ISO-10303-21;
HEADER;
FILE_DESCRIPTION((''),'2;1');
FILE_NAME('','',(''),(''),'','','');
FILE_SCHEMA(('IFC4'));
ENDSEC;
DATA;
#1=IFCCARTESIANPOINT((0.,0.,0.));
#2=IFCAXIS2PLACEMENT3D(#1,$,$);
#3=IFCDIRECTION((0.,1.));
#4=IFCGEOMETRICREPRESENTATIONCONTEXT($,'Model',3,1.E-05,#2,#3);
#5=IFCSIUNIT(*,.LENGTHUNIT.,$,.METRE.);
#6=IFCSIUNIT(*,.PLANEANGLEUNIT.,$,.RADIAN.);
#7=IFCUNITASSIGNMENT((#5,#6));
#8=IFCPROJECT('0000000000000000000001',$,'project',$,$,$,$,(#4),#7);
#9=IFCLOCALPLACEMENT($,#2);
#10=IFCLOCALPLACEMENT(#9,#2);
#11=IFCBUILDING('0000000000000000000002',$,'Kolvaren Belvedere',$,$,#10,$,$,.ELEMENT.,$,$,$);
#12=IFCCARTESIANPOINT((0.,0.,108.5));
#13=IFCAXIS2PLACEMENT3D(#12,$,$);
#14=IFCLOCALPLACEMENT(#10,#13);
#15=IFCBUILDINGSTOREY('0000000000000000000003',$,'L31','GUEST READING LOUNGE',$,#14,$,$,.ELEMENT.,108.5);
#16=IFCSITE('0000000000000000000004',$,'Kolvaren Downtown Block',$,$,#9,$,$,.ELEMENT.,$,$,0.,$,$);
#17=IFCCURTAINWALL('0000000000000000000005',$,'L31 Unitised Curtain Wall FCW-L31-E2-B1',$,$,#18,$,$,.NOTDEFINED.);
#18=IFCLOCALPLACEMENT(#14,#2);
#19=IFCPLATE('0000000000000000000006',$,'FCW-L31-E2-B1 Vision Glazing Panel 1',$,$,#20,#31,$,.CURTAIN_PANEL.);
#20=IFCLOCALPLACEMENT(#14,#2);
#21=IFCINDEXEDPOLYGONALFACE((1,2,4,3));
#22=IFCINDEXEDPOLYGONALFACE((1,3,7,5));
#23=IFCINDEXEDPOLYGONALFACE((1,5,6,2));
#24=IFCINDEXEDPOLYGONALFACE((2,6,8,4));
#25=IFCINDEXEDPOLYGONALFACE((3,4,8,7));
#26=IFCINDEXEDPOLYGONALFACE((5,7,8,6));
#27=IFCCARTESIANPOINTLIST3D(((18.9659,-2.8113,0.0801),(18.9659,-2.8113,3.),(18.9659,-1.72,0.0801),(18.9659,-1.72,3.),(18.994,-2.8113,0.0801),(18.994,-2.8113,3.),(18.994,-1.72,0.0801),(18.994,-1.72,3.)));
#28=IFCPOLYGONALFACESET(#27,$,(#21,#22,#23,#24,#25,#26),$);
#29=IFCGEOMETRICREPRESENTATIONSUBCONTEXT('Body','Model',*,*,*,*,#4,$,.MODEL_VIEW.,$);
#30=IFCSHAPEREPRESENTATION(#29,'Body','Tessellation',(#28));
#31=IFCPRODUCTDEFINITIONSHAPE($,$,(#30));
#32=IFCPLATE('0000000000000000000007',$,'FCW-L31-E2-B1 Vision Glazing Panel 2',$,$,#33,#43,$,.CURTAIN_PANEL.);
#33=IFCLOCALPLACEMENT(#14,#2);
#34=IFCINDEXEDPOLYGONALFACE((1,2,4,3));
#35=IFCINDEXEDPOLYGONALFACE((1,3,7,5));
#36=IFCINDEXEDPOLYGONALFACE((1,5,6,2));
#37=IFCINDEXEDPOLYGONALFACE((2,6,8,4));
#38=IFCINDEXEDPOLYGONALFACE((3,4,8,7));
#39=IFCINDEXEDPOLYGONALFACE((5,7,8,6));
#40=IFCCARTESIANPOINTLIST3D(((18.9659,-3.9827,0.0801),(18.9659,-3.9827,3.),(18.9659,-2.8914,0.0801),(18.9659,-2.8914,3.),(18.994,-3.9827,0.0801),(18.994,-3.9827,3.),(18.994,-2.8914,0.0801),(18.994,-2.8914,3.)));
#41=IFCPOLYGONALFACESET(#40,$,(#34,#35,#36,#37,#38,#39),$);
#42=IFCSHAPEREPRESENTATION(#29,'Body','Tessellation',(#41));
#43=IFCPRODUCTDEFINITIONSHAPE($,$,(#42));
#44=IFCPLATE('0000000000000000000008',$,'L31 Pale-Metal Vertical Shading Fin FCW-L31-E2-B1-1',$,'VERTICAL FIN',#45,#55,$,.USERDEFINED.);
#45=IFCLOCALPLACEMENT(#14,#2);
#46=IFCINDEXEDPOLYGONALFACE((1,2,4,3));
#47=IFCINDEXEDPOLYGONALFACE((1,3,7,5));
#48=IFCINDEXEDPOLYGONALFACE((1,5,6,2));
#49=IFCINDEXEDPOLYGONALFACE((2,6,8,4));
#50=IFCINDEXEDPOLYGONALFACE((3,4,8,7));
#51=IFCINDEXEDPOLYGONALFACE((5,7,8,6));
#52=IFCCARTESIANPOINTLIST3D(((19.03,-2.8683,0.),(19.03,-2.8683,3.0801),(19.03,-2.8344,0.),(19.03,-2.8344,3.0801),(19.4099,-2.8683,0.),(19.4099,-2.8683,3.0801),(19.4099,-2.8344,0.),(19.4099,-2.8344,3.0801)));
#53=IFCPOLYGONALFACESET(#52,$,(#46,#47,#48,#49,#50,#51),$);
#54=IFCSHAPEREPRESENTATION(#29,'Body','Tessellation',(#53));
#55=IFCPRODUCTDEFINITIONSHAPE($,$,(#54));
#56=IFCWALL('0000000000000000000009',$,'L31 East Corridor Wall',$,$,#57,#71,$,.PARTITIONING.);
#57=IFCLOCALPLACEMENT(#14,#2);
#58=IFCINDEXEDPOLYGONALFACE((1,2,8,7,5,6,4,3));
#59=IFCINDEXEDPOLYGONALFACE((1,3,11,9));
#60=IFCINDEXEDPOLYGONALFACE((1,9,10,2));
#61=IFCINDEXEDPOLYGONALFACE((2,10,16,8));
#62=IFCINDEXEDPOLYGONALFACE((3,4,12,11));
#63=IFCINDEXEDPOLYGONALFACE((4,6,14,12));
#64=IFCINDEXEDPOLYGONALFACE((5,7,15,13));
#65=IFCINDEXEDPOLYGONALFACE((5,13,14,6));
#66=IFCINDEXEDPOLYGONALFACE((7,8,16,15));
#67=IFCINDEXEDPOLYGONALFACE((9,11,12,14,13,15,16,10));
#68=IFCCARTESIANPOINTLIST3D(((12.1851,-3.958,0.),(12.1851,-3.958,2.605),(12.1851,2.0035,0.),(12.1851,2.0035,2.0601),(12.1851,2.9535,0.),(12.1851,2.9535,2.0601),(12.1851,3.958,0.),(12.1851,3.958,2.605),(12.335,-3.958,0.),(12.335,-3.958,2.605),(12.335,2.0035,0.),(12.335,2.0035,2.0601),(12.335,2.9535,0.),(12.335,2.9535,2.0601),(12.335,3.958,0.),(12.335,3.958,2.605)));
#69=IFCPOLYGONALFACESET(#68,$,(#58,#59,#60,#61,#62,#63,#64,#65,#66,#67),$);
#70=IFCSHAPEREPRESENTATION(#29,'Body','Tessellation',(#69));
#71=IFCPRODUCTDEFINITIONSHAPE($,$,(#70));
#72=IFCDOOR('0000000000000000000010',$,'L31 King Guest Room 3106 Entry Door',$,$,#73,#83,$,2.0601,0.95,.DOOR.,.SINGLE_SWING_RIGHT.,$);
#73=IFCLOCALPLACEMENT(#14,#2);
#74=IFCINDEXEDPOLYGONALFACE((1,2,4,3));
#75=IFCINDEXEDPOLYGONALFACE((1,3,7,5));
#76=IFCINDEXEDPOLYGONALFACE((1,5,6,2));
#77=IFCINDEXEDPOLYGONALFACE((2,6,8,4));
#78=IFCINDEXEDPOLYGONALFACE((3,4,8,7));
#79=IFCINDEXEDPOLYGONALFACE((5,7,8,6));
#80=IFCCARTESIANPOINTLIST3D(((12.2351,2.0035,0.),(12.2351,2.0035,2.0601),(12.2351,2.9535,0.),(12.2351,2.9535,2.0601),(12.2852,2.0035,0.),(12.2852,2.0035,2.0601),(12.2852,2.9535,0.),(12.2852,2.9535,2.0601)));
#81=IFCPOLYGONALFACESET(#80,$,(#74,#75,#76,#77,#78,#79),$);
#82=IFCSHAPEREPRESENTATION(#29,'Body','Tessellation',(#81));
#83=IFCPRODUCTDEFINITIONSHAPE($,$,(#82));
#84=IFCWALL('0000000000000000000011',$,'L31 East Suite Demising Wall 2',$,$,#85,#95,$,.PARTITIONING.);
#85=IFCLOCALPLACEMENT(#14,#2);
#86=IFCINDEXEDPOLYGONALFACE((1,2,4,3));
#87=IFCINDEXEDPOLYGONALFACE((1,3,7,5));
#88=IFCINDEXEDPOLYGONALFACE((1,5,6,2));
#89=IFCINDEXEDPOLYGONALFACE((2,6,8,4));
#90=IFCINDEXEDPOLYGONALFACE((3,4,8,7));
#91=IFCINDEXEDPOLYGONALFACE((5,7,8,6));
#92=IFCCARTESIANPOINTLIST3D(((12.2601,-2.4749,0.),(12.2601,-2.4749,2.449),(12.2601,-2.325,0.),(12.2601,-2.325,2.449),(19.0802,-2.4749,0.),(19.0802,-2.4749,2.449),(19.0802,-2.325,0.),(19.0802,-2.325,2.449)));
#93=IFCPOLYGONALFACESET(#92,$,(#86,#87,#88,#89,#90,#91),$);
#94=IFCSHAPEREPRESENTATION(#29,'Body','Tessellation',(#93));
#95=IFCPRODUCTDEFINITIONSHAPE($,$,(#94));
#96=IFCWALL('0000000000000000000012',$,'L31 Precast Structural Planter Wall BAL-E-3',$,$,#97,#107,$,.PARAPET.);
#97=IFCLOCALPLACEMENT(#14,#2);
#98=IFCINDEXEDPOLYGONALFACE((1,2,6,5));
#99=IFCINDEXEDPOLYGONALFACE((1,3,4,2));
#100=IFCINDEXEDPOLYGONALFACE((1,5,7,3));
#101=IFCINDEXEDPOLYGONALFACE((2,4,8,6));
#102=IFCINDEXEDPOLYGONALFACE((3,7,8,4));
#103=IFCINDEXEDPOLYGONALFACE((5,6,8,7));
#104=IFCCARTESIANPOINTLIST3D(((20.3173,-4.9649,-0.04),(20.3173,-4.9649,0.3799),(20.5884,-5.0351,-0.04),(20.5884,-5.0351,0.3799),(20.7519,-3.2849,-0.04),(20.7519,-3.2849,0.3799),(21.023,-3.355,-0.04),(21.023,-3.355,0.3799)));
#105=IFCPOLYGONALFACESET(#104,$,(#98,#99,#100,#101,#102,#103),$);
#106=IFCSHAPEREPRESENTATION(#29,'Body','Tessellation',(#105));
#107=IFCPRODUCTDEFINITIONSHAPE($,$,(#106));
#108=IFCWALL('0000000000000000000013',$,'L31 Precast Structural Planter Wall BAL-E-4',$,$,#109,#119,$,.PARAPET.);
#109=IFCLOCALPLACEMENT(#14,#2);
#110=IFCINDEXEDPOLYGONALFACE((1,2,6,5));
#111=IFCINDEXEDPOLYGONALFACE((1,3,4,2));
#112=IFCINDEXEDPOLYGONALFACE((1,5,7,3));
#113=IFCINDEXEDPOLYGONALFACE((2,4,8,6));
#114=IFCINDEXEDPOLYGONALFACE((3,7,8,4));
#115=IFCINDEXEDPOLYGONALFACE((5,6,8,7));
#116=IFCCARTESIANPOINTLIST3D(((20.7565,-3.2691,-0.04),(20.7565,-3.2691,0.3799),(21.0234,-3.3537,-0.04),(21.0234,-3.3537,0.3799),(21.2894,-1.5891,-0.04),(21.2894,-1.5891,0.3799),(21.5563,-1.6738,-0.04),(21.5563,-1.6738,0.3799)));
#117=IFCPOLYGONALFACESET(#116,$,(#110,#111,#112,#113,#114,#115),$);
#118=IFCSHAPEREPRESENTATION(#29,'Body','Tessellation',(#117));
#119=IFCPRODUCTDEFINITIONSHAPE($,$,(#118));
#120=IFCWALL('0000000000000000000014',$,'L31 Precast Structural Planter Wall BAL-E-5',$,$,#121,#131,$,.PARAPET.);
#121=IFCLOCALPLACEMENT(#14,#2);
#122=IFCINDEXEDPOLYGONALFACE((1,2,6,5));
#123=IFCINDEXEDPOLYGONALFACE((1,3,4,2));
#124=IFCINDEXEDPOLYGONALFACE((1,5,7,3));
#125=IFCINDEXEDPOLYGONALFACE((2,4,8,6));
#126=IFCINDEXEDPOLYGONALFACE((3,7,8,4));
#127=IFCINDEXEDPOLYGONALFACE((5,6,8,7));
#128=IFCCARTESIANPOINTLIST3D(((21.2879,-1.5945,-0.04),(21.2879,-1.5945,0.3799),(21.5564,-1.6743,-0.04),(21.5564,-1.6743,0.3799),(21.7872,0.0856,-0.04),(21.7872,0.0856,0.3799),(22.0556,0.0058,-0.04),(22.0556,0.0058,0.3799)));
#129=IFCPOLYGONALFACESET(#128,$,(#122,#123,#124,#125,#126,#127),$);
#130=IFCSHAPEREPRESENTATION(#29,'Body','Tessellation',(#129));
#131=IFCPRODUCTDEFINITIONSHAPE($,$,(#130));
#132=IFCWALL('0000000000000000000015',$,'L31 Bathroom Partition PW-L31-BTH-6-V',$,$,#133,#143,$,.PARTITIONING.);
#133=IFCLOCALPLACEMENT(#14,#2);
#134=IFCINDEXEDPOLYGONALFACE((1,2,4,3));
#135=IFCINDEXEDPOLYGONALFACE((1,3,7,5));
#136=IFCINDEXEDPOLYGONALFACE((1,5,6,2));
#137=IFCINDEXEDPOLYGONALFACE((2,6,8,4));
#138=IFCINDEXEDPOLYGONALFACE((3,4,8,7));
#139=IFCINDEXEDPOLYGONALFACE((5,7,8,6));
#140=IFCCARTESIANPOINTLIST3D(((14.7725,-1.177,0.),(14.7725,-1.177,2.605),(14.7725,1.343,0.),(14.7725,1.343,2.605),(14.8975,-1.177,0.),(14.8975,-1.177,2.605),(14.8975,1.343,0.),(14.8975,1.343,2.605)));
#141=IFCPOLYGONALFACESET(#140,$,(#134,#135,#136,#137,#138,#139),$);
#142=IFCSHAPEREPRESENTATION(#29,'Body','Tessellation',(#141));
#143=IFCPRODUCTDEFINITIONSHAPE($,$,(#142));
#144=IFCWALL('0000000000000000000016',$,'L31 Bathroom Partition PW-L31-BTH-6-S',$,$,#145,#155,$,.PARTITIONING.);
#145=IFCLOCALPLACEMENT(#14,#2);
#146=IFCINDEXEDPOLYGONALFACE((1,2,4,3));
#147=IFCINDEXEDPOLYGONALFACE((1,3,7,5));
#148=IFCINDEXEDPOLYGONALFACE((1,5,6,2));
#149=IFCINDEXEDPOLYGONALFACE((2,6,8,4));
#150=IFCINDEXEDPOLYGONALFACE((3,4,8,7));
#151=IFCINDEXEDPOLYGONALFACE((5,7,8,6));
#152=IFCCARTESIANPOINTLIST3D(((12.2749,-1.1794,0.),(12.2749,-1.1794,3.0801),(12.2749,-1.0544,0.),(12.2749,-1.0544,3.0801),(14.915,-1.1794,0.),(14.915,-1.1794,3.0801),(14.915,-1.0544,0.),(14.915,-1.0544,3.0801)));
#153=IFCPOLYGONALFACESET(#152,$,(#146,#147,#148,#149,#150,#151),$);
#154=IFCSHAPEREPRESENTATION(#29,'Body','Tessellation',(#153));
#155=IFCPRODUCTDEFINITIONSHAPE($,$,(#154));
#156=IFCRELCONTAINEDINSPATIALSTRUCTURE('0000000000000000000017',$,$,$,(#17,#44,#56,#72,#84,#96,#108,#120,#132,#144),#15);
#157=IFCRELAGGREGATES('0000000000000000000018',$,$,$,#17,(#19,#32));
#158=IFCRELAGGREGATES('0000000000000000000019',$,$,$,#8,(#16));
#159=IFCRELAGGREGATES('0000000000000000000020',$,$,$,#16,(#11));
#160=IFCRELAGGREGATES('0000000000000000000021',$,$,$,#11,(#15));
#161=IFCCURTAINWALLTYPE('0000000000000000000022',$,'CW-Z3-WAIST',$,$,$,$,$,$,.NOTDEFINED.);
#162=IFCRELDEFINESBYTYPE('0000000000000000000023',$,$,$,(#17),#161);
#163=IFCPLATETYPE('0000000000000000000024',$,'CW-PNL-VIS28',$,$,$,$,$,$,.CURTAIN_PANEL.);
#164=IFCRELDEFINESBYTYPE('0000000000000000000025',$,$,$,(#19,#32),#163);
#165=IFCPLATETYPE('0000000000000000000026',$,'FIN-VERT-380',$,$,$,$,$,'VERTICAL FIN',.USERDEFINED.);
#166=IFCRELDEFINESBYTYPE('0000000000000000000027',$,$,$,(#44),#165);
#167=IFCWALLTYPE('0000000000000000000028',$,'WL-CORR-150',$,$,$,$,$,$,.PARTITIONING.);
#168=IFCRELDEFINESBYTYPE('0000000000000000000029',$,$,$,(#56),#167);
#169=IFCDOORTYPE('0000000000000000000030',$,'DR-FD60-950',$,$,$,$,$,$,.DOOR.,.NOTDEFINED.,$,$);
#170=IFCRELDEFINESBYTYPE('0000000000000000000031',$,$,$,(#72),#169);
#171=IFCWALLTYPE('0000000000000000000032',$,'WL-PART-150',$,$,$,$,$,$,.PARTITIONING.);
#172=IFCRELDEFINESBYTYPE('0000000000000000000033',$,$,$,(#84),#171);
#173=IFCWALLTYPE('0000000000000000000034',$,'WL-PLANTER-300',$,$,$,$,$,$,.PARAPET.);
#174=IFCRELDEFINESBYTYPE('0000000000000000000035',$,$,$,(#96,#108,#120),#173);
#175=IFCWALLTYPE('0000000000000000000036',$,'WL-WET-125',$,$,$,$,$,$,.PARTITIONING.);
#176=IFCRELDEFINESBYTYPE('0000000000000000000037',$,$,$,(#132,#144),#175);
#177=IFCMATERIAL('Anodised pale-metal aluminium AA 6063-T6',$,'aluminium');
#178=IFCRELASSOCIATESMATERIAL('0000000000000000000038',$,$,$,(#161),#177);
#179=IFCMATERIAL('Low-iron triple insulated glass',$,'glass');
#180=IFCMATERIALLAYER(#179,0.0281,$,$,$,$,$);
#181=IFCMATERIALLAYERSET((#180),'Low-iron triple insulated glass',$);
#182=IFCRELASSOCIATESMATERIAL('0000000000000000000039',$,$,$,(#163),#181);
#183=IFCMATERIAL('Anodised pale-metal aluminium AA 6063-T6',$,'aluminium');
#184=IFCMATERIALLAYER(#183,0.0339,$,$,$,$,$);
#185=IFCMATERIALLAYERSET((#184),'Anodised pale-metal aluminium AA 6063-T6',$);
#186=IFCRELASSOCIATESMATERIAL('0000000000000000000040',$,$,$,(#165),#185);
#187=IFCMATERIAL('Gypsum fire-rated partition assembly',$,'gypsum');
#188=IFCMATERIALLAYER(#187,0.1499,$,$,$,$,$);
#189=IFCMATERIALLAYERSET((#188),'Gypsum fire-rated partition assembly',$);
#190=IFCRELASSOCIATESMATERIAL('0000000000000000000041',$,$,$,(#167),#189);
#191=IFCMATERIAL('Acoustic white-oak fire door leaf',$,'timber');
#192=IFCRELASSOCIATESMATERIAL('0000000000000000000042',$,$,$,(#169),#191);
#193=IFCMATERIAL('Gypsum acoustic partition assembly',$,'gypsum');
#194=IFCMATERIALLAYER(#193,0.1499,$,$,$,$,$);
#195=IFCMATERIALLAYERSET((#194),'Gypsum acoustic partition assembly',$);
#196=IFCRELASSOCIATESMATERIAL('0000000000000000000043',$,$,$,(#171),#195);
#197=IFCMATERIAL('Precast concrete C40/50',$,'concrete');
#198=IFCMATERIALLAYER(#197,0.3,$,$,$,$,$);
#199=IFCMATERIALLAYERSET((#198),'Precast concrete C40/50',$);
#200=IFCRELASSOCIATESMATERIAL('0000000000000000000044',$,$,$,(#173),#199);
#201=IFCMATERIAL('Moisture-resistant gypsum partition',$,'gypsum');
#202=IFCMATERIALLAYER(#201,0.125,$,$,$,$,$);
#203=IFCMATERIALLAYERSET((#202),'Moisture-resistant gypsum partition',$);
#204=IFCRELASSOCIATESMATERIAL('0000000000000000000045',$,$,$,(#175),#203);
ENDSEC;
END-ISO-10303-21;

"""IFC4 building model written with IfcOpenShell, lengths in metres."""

from ifc_helpers import new_model, si_unit, direction, frame, frame_2d, origin, origin_2d, place, context, subcontext, project, spatial, rectangle, extrude, material, layer, layer_set, type_object, element, fill, aggregate, save


model = new_model("IFC4")

# Units and contexts
model_context = context("Model", 3, precision=1e-05, world=origin(), true_north=direction((0.0, 1.0)))
body_context = subcontext(model_context, "Body", "Model", "MODEL_VIEW")
ifc_project = project(units=[si_unit("LENGTHUNIT", "METRE"), si_unit("PLANEANGLEUNIT", "RADIAN")], contexts=[model_context])

# Site, building, storey
site_placement = place(None, origin())
site = spatial("IfcSite", under=ifc_project, at=site_placement, Name="Kolvaren Downtown Block", CompositionType="ELEMENT", RefElevation=0.0)
building_placement = place(site_placement, origin())
building = spatial("IfcBuilding", under=site, at=building_placement, Name="Kolvaren Belvedere", CompositionType="ELEMENT")
storey_placement = place(building_placement, frame((0.0, 0.0, 108.5)))
storey = spatial("IfcBuildingStorey", under=building, at=storey_placement, Name="L31", Description="GUEST READING LOUNGE", CompositionType="ELEMENT", Elevation=108.5)

# Curtain wall
ifc_material_1 = material(Name="Anodised pale-metal aluminium AA 6063-T6", Category="aluminium")
curtain_wall_type = type_object("IfcCurtainWallType", Name="CW-Z3-WAIST", PredefinedType="NOTDEFINED", material=ifc_material_1)
curtain_wall_1_placement = place(storey_placement, origin())
curtain_wall_1 = element("IfcCurtainWall", 1, at=curtain_wall_1_placement, inside=storey, type_object=curtain_wall_type, Name="L31 Unitised Curtain Wall FCW-L31-E2-B1", PredefinedType="NOTDEFINED")

# Plates
ifc_material_2 = material(Name="Low-iron triple insulated glass", Category="glass")
ifc_layer_1 = layer(ifc_material_2, 0.0281)
ifc_layer_set_1 = layer_set([ifc_layer_1], Name="Low-iron triple insulated glass")
plate_type_1 = type_object("IfcPlateType", Name="CW-PNL-VIS28", PredefinedType="CURTAIN_PANEL", material=ifc_layer_set_1)
plate_1_placement = place(storey_placement, frame((18.98, -2.2656, 0.0801), z_axis=(0.0, 0.0, 1.0), x_axis=(0.0, -1.0, 0.0)))
plate_1 = element("IfcPlate", 2, at=plate_1_placement, type_object=plate_type_1, Name="FCW-L31-E2-B1 Vision Glazing Panel 1", PredefinedType="CURTAIN_PANEL", context=body_context, shape_type="SweptSolid", body=[
    extrude(rectangle(XDim=1.0913, YDim=0.0281, at=origin_2d()), origin(), (0.0, 0.0, 1.0), 2.9199),
])
plate_2_placement = place(storey_placement, frame((18.98, -3.437, 0.0801), z_axis=(0.0, 0.0, 1.0), x_axis=(0.0, -1.0, 0.0)))
plate_2 = element("IfcPlate", 3, at=plate_2_placement, type_object=plate_type_1, Name="FCW-L31-E2-B1 Vision Glazing Panel 2", PredefinedType="CURTAIN_PANEL", context=body_context, shape_type="SweptSolid", body=[
    extrude(rectangle(XDim=1.0913, YDim=0.0281, at=origin_2d()), origin(), (0.0, 0.0, 1.0), 2.9199),
])
aggregate(curtain_wall_1, [plate_1, plate_2])
ifc_material_3 = material(Name="Anodised pale-metal aluminium AA 6063-T6", Category="aluminium")
ifc_layer_2 = layer(ifc_material_3, 0.0339)
ifc_layer_set_2 = layer_set([ifc_layer_2], Name="Anodised pale-metal aluminium AA 6063-T6")
plate_type_2 = type_object("IfcPlateType", Name="FIN-VERT-380", ElementType="VERTICAL FIN", PredefinedType="USERDEFINED", material=ifc_layer_set_2)
plate_3_placement = place(storey_placement, frame((19.22, -2.8513, 0.0), z_axis=(0.0, 0.0, 1.0), x_axis=(1.0, 0.0, 0.0)))
element("IfcPlate", 4, at=plate_3_placement, inside=storey, type_object=plate_type_2, Name="L31 Pale-Metal Vertical Shading Fin FCW-L31-E2-B1-1", ObjectType="VERTICAL FIN", PredefinedType="USERDEFINED", context=body_context, shape_type="SweptSolid", body=[
    extrude(rectangle(XDim=0.3799, YDim=0.0339, at=origin_2d()), origin(), (0.0, 0.0, 1.0), 3.0801),
])

# Wall, opening, door
ifc_material_4 = material(Name="Gypsum fire-rated partition assembly", Category="gypsum")
ifc_layer_3 = layer(ifc_material_4, 0.1499)
ifc_layer_set_3 = layer_set([ifc_layer_3], Name="Gypsum fire-rated partition assembly")
wall_type_1 = type_object("IfcWallType", Name="WL-CORR-150", PredefinedType="PARTITIONING", material=ifc_layer_set_3)
wall_1_placement = place(storey_placement, frame((12.26, -3.958, 0.0), z_axis=(0.0, 0.0, 1.0), x_axis=(0.0, 1.0, 0.0)))
wall_1 = element("IfcWall", 5, at=wall_1_placement, inside=storey, type_object=wall_type_1, Name="L31 East Corridor Wall", PredefinedType="PARTITIONING", context=body_context, shape_type="SweptSolid", body=[
    extrude(rectangle(XDim=7.916, YDim=0.1499, at=frame_2d((3.958, 0.0))), origin(), (0.0, 0.0, 1.0), 2.605),
])
opening_placement = place(wall_1_placement, frame((5.9614, 0.0, 0.0)))
opening = element("IfcOpeningElement", 6, at=opening_placement, cuts=wall_1, PredefinedType="OPENING", context=body_context, shape_type="SweptSolid", body=[
    extrude(rectangle(XDim=0.95, YDim=2.0601, at=frame_2d((0.4751, 1.03))), frame((0.0, 0.085, 0.0), z_axis=(0.0, -1.0, 0.0), x_axis=(1.0, 0.0, 0.0)), (0.0, 0.0, 1.0), 0.1699),
])
ifc_material_5 = material(Name="Acoustic white-oak fire door leaf", Category="timber")
door_type = type_object("IfcDoorType", Name="DR-FD60-950", OperationType="NOTDEFINED", PredefinedType="DOOR", material=ifc_material_5)
door_placement = place(opening_placement, origin())
door = element("IfcDoor", 7, at=door_placement, inside=storey, type_object=door_type, Name="L31 King Guest Room 3106 Entry Door", OperationType="SINGLE_SWING_RIGHT", OverallHeight=2.0601, OverallWidth=0.95, PredefinedType="DOOR", context=body_context, shape_type="SweptSolid", body=[
    extrude(rectangle(XDim=0.95, YDim=2.0601, at=frame_2d((0.4751, 1.03))), frame((0.0, 0.0249, 0.0), z_axis=(0.0, -1.0, 0.0), x_axis=(1.0, 0.0, 0.0)), (0.0, 0.0, 1.0), 0.05),
])
fill(opening, door)

# Walls
ifc_material_6 = material(Name="Gypsum acoustic partition assembly", Category="gypsum")
ifc_layer_4 = layer(ifc_material_6, 0.1499)
ifc_layer_set_4 = layer_set([ifc_layer_4], Name="Gypsum acoustic partition assembly")
wall_type_2 = type_object("IfcWallType", Name="WL-PART-150", PredefinedType="PARTITIONING", material=ifc_layer_set_4)
wall_2_placement = place(storey_placement, frame((12.26, -2.3999, 0.0), z_axis=(0.0, 0.0, 1.0), x_axis=(1.0, 0.0, 0.0)))
element("IfcWall", 8, at=wall_2_placement, inside=storey, type_object=wall_type_2, Name="L31 East Suite Demising Wall 2", PredefinedType="PARTITIONING", context=body_context, shape_type="SweptSolid", body=[
    extrude(rectangle(XDim=6.8201, YDim=0.1499, at=frame_2d((3.4102, 0.0))), origin(), (0.0, 0.0, 1.0), 2.449),
])
ifc_material_7 = material(Name="Precast concrete C40/50", Category="concrete")
ifc_layer_5 = layer(ifc_material_7, 0.3)
ifc_layer_set_5 = layer_set([ifc_layer_5], Name="Precast concrete C40/50")
wall_type_3 = type_object("IfcWallType", Name="WL-PLANTER-300", PredefinedType="PARAPET", material=ifc_layer_set_5)
wall_3_placement = place(storey_placement, frame((20.4529, -5.0, -0.04), z_axis=(0.0, 0.0, 1.0), x_axis=(0.250406, 0.968141, 0.0)))
element("IfcWall", 9, at=wall_3_placement, inside=storey, type_object=wall_type_3, Name="L31 Precast Structural Planter Wall BAL-E-3", PredefinedType="PARAPET", context=body_context, shape_type="SweptSolid", body=[
    extrude(rectangle(XDim=1.7354, YDim=0.28, at=frame_2d((0.8677, 0.0))), origin(), (0.0, 0.0, 1.0), 0.4199),
])
wall_4_placement = place(storey_placement, frame((20.8899, -3.3115, -0.04), z_axis=(0.0, 0.0, 1.0), x_axis=(0.302397, 0.953182, 0.0)))
element("IfcWall", 10, at=wall_4_placement, inside=storey, type_object=wall_type_3, Name="L31 Precast Structural Planter Wall BAL-E-4", PredefinedType="PARAPET", context=body_context, shape_type="SweptSolid", body=[
    extrude(rectangle(XDim=1.7625, YDim=0.28, at=frame_2d((0.8813, 0.0))), origin(), (0.0, 0.0, 1.0), 0.4199),
])
wall_5_placement = place(storey_placement, frame((21.4221, -1.6345, -0.04), z_axis=(0.0, 0.0, 1.0), x_axis=(0.284842, 0.958574, 0.0)))
element("IfcWall", 11, at=wall_5_placement, inside=storey, type_object=wall_type_3, Name="L31 Precast Structural Planter Wall BAL-E-5", PredefinedType="PARAPET", context=body_context, shape_type="SweptSolid", body=[
    extrude(rectangle(XDim=1.7527, YDim=0.28, at=frame_2d((0.8765, 0.0))), origin(), (0.0, 0.0, 1.0), 0.4199),
])
ifc_material_8 = material(Name="Moisture-resistant gypsum partition", Category="gypsum")
ifc_layer_6 = layer(ifc_material_8, 0.125)
ifc_layer_set_6 = layer_set([ifc_layer_6], Name="Moisture-resistant gypsum partition")
wall_type_4 = type_object("IfcWallType", Name="WL-WET-125", PredefinedType="PARTITIONING", material=ifc_layer_set_6)
wall_6_placement = place(storey_placement, frame((14.835, -1.177, 0.0), z_axis=(0.0, 0.0, 1.0), x_axis=(0.0, 1.0, 0.0)))
element("IfcWall", 12, at=wall_6_placement, inside=storey, type_object=wall_type_4, Name="L31 Bathroom Partition PW-L31-BTH-6-V", PredefinedType="PARTITIONING", context=body_context, shape_type="SweptSolid", body=[
    extrude(rectangle(XDim=2.52, YDim=0.125, at=frame_2d((1.26, 0.0))), origin(), (0.0, 0.0, 1.0), 2.605),
])
wall_7_placement = place(storey_placement, frame((12.2749, -1.1169, 0.0), z_axis=(0.0, 0.0, 1.0), x_axis=(1.0, 0.0, 0.0)))
element("IfcWall", 13, at=wall_7_placement, inside=storey, type_object=wall_type_4, Name="L31 Bathroom Partition PW-L31-BTH-6-S", PredefinedType="PARTITIONING", context=body_context, shape_type="SweptSolid", body=[
    extrude(rectangle(XDim=2.6401, YDim=0.125, at=frame_2d((1.3201, 0.0))), origin(), (0.0, 0.0, 1.0), 3.0801),
])

save(model, "model.ifc")
